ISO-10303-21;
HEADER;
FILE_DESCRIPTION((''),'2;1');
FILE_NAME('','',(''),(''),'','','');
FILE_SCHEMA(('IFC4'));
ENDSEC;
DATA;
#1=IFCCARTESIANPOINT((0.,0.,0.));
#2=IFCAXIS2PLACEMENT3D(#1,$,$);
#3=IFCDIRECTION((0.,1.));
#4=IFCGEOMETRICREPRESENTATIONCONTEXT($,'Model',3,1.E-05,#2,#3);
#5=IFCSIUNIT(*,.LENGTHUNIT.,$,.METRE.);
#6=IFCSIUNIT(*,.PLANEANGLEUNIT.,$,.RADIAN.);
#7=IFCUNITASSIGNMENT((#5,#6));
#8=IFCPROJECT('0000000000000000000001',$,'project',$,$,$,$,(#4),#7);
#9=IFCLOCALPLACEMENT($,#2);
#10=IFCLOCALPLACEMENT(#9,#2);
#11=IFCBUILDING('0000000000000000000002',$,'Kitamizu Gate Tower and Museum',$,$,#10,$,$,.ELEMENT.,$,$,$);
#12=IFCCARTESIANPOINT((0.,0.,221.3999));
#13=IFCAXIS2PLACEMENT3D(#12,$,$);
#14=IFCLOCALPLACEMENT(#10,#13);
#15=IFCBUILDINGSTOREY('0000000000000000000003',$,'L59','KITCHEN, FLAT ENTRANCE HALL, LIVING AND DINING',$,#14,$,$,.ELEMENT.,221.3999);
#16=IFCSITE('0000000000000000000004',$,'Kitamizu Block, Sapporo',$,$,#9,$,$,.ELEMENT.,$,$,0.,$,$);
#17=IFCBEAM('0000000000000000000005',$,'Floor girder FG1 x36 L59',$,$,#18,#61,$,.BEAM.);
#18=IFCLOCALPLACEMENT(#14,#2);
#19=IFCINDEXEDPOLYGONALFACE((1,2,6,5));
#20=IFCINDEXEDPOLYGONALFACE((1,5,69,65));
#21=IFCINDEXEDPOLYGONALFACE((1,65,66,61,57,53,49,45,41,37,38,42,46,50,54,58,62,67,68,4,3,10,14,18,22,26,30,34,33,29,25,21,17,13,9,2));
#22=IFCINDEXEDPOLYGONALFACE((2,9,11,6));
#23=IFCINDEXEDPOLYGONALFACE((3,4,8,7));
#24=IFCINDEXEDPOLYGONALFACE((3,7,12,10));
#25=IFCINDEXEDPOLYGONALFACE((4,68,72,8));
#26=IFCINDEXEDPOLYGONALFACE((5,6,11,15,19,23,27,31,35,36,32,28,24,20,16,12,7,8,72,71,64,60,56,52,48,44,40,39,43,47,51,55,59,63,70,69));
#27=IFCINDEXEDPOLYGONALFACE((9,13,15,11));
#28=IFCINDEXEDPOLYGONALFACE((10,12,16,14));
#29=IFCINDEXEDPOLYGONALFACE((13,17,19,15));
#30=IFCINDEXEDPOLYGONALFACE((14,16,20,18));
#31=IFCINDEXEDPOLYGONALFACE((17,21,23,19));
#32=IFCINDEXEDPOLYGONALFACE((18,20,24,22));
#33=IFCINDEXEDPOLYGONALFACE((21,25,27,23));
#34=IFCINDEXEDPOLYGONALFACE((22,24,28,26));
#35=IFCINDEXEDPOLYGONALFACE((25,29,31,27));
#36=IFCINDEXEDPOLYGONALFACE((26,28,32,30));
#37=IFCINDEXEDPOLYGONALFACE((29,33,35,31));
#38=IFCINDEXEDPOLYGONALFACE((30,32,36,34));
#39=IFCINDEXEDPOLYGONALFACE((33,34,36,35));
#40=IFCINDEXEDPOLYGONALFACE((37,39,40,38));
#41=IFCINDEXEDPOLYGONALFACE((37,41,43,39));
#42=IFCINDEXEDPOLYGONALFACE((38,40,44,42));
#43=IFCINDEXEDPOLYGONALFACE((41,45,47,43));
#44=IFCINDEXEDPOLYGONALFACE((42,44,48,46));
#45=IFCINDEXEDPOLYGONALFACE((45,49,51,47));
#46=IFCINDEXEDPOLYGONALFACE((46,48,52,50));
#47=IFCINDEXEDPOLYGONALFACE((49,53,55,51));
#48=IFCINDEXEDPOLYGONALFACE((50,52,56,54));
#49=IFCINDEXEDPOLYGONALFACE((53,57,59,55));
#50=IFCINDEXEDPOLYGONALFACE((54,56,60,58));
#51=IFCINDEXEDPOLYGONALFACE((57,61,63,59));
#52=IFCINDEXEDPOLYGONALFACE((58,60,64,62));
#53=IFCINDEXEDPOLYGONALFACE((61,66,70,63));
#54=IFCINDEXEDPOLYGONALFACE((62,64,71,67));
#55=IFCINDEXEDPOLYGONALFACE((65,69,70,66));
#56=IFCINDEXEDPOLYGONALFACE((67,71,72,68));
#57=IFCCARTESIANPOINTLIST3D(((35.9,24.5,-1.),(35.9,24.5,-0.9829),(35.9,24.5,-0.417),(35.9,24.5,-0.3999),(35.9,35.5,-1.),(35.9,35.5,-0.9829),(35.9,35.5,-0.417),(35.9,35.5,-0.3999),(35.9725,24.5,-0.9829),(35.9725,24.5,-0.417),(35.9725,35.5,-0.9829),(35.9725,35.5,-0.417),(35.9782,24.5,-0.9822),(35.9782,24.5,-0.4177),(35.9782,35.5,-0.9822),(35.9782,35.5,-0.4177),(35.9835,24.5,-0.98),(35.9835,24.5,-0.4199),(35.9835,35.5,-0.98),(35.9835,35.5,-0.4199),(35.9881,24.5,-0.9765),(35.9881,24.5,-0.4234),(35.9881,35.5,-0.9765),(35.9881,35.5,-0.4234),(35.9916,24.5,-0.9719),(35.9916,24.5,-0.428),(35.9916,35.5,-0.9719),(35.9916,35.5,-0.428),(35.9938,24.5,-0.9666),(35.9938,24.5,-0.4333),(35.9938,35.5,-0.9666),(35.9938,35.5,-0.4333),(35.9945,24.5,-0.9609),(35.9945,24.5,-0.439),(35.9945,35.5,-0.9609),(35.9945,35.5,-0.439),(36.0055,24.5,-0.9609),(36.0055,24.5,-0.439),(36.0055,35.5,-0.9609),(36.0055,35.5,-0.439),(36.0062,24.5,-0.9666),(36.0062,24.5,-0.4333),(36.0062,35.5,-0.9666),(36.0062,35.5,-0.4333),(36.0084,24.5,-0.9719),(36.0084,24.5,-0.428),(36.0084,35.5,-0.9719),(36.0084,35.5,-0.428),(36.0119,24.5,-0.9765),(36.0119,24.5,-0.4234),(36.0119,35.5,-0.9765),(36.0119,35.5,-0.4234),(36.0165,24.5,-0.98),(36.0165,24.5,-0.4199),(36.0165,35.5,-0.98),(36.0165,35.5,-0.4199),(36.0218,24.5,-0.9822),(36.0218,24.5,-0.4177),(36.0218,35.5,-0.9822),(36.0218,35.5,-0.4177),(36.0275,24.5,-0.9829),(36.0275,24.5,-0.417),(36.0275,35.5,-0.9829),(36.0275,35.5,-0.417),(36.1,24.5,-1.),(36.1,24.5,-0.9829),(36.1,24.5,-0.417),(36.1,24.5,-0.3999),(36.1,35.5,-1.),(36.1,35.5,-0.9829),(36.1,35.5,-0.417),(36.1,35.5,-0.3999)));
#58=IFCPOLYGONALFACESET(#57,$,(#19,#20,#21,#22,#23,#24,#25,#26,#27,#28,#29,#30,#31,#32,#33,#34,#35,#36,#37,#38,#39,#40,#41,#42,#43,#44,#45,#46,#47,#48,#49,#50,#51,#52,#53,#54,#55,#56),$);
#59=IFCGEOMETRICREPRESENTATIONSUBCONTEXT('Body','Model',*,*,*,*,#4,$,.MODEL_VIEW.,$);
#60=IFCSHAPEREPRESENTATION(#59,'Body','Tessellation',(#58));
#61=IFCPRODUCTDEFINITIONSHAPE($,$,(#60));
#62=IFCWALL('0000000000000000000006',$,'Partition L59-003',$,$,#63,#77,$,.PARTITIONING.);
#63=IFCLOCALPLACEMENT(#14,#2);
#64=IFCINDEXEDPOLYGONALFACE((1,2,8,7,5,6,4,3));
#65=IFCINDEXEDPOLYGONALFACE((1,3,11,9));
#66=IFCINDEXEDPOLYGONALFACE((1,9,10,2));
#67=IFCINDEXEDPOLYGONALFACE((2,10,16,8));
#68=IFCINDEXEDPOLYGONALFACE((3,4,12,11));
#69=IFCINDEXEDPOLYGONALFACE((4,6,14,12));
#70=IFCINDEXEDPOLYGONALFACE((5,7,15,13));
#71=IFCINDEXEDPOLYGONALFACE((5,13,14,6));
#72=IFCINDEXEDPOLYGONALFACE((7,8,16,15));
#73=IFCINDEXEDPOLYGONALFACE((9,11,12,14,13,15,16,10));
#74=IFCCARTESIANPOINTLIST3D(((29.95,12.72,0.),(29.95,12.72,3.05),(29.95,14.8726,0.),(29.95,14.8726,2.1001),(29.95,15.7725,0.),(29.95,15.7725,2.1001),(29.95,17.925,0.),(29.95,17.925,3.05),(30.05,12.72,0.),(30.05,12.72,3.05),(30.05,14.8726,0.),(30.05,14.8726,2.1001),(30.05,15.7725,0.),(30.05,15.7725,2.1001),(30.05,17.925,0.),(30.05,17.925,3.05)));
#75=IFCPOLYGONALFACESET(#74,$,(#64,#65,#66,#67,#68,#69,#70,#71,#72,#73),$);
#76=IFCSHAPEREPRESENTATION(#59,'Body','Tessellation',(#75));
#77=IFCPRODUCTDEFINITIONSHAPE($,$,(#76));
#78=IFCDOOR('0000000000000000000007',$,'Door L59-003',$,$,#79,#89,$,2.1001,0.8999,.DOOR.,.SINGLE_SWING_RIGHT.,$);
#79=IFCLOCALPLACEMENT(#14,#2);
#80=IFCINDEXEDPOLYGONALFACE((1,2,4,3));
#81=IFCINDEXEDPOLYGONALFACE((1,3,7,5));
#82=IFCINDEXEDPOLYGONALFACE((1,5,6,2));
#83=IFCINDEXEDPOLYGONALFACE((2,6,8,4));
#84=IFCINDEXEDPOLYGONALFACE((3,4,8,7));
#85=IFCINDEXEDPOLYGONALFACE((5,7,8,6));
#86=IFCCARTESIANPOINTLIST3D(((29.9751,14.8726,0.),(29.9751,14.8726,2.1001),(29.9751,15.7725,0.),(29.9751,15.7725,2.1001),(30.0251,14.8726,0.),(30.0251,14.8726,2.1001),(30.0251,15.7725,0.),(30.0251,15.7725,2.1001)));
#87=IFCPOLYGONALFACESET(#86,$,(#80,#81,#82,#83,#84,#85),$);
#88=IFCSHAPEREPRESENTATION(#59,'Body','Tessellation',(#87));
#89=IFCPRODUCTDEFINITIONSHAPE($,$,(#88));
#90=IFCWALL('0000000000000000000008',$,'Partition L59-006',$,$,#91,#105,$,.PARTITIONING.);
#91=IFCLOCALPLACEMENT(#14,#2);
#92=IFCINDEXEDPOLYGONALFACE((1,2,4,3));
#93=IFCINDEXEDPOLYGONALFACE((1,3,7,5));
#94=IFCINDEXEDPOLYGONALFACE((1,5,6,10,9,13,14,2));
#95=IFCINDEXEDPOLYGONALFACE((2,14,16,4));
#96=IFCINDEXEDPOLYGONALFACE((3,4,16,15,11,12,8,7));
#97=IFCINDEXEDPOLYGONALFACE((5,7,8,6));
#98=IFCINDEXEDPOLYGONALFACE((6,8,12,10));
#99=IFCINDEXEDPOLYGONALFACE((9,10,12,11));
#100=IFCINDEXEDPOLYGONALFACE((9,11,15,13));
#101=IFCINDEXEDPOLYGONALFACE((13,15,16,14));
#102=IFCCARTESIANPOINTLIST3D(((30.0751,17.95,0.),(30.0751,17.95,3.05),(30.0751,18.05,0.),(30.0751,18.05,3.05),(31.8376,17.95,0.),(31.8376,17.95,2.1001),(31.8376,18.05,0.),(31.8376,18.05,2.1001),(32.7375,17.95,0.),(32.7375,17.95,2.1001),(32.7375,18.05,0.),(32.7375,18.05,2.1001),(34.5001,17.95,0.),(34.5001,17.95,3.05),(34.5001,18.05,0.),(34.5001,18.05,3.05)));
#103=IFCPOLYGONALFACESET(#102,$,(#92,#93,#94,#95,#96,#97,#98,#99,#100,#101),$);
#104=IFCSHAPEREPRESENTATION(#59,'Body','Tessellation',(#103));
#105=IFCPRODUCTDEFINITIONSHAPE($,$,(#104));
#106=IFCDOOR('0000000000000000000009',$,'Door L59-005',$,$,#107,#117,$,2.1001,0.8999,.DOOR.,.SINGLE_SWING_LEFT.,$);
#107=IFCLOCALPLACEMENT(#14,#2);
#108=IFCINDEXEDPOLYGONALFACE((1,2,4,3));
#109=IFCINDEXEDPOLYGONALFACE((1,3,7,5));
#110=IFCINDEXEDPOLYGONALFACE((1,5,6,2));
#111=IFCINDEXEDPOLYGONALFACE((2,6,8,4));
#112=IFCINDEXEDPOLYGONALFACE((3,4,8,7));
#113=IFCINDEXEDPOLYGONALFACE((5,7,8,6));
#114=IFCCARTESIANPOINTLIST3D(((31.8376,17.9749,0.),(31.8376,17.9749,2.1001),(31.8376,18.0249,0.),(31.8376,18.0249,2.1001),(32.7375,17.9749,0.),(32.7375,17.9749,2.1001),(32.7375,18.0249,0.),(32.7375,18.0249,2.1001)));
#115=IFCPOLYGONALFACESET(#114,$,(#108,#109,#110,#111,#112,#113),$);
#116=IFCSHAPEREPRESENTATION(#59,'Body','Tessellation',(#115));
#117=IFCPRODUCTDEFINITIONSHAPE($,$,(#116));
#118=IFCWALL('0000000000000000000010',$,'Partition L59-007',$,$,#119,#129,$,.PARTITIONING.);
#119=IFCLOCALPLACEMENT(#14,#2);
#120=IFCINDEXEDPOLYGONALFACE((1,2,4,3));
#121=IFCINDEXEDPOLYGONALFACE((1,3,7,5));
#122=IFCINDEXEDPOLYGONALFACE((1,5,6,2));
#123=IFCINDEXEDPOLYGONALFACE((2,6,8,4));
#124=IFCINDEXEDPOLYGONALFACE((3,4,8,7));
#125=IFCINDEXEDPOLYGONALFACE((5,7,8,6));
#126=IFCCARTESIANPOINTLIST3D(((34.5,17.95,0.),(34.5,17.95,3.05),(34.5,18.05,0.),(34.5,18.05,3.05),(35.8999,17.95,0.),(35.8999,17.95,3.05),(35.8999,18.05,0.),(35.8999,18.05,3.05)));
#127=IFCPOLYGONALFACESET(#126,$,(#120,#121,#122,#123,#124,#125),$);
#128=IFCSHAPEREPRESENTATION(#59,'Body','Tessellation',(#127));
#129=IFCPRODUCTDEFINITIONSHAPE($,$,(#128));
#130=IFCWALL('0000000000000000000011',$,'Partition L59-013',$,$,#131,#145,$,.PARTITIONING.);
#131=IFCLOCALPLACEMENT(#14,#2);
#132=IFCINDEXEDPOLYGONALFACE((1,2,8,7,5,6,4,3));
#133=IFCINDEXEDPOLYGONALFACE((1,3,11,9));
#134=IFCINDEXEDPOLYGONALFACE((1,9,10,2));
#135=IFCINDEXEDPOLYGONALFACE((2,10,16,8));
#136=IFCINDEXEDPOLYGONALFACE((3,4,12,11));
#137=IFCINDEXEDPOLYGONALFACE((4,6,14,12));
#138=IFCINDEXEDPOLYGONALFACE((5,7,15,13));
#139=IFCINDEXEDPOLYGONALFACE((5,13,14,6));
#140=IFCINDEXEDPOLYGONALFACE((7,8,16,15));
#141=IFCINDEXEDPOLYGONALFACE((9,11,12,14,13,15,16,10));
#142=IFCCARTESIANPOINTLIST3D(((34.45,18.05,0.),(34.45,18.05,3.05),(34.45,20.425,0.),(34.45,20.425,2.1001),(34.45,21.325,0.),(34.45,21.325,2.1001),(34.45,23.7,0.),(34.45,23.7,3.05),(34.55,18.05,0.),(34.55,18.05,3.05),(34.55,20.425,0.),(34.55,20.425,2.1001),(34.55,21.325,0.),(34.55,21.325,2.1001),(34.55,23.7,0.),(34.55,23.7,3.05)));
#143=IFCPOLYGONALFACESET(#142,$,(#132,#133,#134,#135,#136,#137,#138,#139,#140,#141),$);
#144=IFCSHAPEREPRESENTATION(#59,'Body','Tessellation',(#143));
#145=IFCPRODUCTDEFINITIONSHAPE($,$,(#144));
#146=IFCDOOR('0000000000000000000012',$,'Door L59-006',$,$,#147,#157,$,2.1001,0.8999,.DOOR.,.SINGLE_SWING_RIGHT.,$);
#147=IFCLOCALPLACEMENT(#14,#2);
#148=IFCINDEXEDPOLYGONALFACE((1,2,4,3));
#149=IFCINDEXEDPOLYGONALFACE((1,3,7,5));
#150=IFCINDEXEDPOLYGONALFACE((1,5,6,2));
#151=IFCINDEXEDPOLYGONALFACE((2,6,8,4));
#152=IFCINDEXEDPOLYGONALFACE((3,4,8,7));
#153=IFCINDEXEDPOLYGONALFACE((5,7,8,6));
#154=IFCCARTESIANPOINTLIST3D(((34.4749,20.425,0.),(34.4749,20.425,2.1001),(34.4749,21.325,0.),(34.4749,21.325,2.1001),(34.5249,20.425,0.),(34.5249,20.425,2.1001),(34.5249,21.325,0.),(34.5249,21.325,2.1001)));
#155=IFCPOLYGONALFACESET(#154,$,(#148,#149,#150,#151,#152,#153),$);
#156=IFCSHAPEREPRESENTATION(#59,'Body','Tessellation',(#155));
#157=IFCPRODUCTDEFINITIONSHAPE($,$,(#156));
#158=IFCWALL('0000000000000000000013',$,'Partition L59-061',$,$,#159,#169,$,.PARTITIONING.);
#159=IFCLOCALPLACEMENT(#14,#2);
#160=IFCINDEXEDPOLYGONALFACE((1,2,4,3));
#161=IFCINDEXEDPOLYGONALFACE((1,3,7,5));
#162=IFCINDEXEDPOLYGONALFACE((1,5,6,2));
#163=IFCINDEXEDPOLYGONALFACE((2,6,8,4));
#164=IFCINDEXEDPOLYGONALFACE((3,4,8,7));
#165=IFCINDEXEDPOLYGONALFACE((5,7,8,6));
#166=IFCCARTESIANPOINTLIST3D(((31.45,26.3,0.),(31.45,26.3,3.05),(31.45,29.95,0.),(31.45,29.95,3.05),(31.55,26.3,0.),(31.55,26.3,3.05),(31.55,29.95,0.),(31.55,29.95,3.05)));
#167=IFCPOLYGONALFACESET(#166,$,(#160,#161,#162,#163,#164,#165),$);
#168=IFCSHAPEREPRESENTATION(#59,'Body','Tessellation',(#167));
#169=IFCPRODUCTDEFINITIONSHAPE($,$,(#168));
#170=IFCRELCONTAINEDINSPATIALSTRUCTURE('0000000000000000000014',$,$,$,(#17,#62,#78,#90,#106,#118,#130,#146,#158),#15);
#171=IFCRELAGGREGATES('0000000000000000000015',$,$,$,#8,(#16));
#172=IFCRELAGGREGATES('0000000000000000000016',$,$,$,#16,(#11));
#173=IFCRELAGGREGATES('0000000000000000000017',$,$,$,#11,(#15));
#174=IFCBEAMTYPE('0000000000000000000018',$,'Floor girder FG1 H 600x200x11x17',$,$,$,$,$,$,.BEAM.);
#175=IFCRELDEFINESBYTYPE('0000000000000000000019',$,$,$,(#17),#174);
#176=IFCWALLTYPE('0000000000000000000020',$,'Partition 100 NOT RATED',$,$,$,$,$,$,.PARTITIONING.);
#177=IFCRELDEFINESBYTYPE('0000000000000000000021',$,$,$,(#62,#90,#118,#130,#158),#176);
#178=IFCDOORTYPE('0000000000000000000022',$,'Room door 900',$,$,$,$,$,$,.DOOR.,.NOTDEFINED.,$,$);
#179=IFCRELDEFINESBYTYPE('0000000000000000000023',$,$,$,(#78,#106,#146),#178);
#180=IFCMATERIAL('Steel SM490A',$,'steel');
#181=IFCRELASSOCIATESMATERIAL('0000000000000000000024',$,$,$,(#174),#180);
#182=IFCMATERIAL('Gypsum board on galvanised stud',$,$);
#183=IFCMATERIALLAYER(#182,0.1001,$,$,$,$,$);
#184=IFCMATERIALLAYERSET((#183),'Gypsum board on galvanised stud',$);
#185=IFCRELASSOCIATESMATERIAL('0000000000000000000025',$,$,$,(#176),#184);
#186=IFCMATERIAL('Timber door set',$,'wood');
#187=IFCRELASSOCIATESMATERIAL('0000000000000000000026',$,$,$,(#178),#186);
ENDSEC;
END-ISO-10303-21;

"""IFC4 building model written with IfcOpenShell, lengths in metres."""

from ifc_helpers import new_model, si_unit, direction, frame, frame_2d, origin, origin_2d, place, context, subcontext, project, spatial, rectangle, i_section, extrude, material, layer, layer_set, material_profile, profile_set, type_object, element, fill, save


model = new_model("IFC4")

# Units and contexts
model_context = context("Model", 3, precision=1e-05, world=origin(), true_north=direction((0.0, 1.0)))
body_context = subcontext(model_context, "Body", "Model", "MODEL_VIEW")
ifc_project = project(units=[si_unit("LENGTHUNIT", "METRE"), si_unit("PLANEANGLEUNIT", "RADIAN")], contexts=[model_context])

# Site, building, storey
site_placement = place(None, origin())
site = spatial("IfcSite", under=ifc_project, at=site_placement, Name="Kitamizu Block, Sapporo", CompositionType="ELEMENT", RefElevation=0.0)
building_placement = place(site_placement, origin())
building = spatial("IfcBuilding", under=site, at=building_placement, Name="Kitamizu Gate Tower and Museum", CompositionType="ELEMENT")
storey_placement = place(building_placement, frame((0.0, 0.0, 221.3999)))
storey = spatial("IfcBuildingStorey", under=building, at=storey_placement, Name="L59", Description="KITCHEN, FLAT ENTRANCE HALL, LIVING AND DINING", CompositionType="ELEMENT", Elevation=221.3999)

# Beam
ifc_material_1 = material(Name="Steel SM490A", Category="steel")
ifc_material_profile_1 = material_profile(ifc_material_1, i_section(OverallWidth=0.2, OverallDepth=0.6001, WebThickness=0.011, FlangeThickness=0.0171, FilletRadius=0.022, at=origin_2d()), Name="H-600x200x11x17")
ifc_profile_set_1 = profile_set([ifc_material_profile_1], Name="Steel SM490A")
beam_type_1 = type_object("IfcBeamType", Name="Floor girder FG1 H 600x200x11x17", PredefinedType="BEAM", material=ifc_profile_set_1)
for number, where, z_axis, x_axis, name in (
    (1, (36.0, 24.5, -0.7), (0.0, 1.0, 0.0), (-1.0, 0.0, 0.0), "Floor girder FG1 x36 L59"),
):
    element("IfcBeam", number, at=place(storey_placement, frame(where, z_axis=z_axis, x_axis=x_axis)), inside=storey, type_object=beam_type_1, Name=name, PredefinedType="BEAM", context=body_context, shape_type="SweptSolid", body=[
        extrude(i_section(OverallWidth=0.2, OverallDepth=0.6001, WebThickness=0.011, FlangeThickness=0.0171, FilletRadius=0.022, at=origin_2d()), origin(), (0.0, 0.0, 1.0), 11.0),
    ])

# Walls, openings, doors
ifc_material_2 = material(Name="Gypsum board on galvanised stud")
ifc_layer_1 = layer(ifc_material_2, 0.1001)
ifc_layer_set_1 = layer_set([ifc_layer_1], Name="Gypsum board on galvanised stud")
wall_type_1 = type_object("IfcWallType", Name="Partition 100 NOT RATED", PredefinedType="PARTITIONING", material=ifc_layer_set_1)
wall_1_placement = place(storey_placement, frame((30.0, 12.72, 0.0), z_axis=(0.0, 0.0, 1.0), x_axis=(0.0, 1.0, 0.0)))
wall_1 = element("IfcWall", 2, at=wall_1_placement, inside=storey, type_object=wall_type_1, Name="Partition L59-003", PredefinedType="PARTITIONING", context=body_context, shape_type="SweptSolid", body=[
    extrude(rectangle(XDim=5.2051, YDim=0.1001, at=frame_2d((2.6025, 0.0))), origin(), (0.0, 0.0, 1.0), 3.05),
])
opening_1_placement = place(wall_1_placement, frame((2.1526, 0.0, 0.0)))
opening_1 = element("IfcOpeningElement", 3, at=opening_1_placement, cuts=wall_1, PredefinedType="OPENING", context=body_context, shape_type="SweptSolid", body=[
    extrude(rectangle(XDim=0.8999, YDim=2.1001, at=frame_2d((0.45, 1.05))), frame((0.0, 0.0601, 0.0), z_axis=(0.0, -1.0, 0.0), x_axis=(1.0, 0.0, 0.0)), (0.0, 0.0, 1.0), 0.1201),
])
ifc_material_3 = material(Name="Timber door set", Category="wood")
door_type_1 = type_object("IfcDoorType", Name="Room door 900", OperationType="NOTDEFINED", PredefinedType="DOOR", material=ifc_material_3)
door_1_placement = place(opening_1_placement, origin())
door_1 = element("IfcDoor", 4, at=door_1_placement, inside=storey, type_object=door_type_1, Name="Door L59-003", OperationType="SINGLE_SWING_RIGHT", OverallHeight=2.1001, OverallWidth=0.8999, PredefinedType="DOOR", context=body_context, shape_type="SweptSolid", body=[
    extrude(rectangle(XDim=0.8999, YDim=2.1001, at=frame_2d((0.45, 1.05))), frame((0.0, 0.0249, 0.0), z_axis=(0.0, -1.0, 0.0), x_axis=(1.0, 0.0, 0.0)), (0.0, 0.0, 1.0), 0.05),
])
fill(opening_1, door_1)
wall_2_placement = place(storey_placement, frame((34.5, 18.0, 0.0), z_axis=(0.0, 0.0, 1.0), x_axis=(-1.0, 0.0, 0.0)))
wall_2 = element("IfcWall", 5, at=wall_2_placement, inside=storey, type_object=wall_type_1, Name="Partition L59-006", PredefinedType="PARTITIONING", context=body_context, shape_type="SweptSolid", body=[
    extrude(rectangle(XDim=4.425, YDim=0.1001, at=frame_2d((2.2124, 0.0))), origin(), (0.0, 0.0, 1.0), 3.05),
])
opening_2_placement = place(wall_2_placement, frame((1.7625, 0.0, 0.0)))
opening_2 = element("IfcOpeningElement", 6, at=opening_2_placement, cuts=wall_2, PredefinedType="OPENING", context=body_context, shape_type="SweptSolid", body=[
    extrude(rectangle(XDim=0.8999, YDim=2.1001, at=frame_2d((0.45, 1.05))), frame((0.0, 0.0601, 0.0), z_axis=(0.0, -1.0, 0.0), x_axis=(1.0, 0.0, 0.0)), (0.0, 0.0, 1.0), 0.1201),
])
door_2_placement = place(opening_2_placement, frame((0.8999, 0.0, 0.0), x_axis=(-1.0, 0.0, 0.0)))
door_2 = element("IfcDoor", 7, at=door_2_placement, inside=storey, type_object=door_type_1, Name="Door L59-005", OperationType="SINGLE_SWING_LEFT", OverallHeight=2.1001, OverallWidth=0.8999, PredefinedType="DOOR", context=body_context, shape_type="SweptSolid", body=[
    extrude(rectangle(XDim=0.8999, YDim=2.1001, at=frame_2d((0.45, 1.05))), frame((0.0, 0.0249, 0.0), z_axis=(0.0, -1.0, 0.0), x_axis=(1.0, 0.0, 0.0)), (0.0, 0.0, 1.0), 0.05),
])
fill(opening_2, door_2)

# Wall
wall_3_placement = place(storey_placement, frame((35.8999, 18.0, 0.0), z_axis=(0.0, 0.0, 1.0), x_axis=(-1.0, 0.0, 0.0)))
element("IfcWall", 8, at=wall_3_placement, inside=storey, type_object=wall_type_1, Name="Partition L59-007", PredefinedType="PARTITIONING", context=body_context, shape_type="SweptSolid", body=[
    extrude(rectangle(XDim=1.3999, YDim=0.1001, at=frame_2d((0.7, 0.0))), origin(), (0.0, 0.0, 1.0), 3.05),
])

# Wall, opening, door
wall_4_placement = place(storey_placement, frame((34.5, 18.05, 0.0), z_axis=(0.0, 0.0, 1.0), x_axis=(0.0, 1.0, 0.0)))
wall_4 = element("IfcWall", 9, at=wall_4_placement, inside=storey, type_object=wall_type_1, Name="Partition L59-013", PredefinedType="PARTITIONING", context=body_context, shape_type="SweptSolid", body=[
    extrude(rectangle(XDim=5.6499, YDim=0.1001, at=frame_2d((2.825, 0.0))), origin(), (0.0, 0.0, 1.0), 3.05),
])
opening_3_placement = place(wall_4_placement, frame((2.375, 0.0, 0.0)))
opening_3 = element("IfcOpeningElement", 10, at=opening_3_placement, cuts=wall_4, PredefinedType="OPENING", context=body_context, shape_type="SweptSolid", body=[
    extrude(rectangle(XDim=0.8999, YDim=2.1001, at=frame_2d((0.45, 1.05))), frame((0.0, 0.0601, 0.0), z_axis=(0.0, -1.0, 0.0), x_axis=(1.0, 0.0, 0.0)), (0.0, 0.0, 1.0), 0.1201),
])
door_3_placement = place(opening_3_placement, frame((0.8999, 0.0, 0.0), x_axis=(-1.0, 0.0, 0.0)))
door_3 = element("IfcDoor", 11, at=door_3_placement, inside=storey, type_object=door_type_1, Name="Door L59-006", OperationType="SINGLE_SWING_RIGHT", OverallHeight=2.1001, OverallWidth=0.8999, PredefinedType="DOOR", context=body_context, shape_type="SweptSolid", body=[
    extrude(rectangle(XDim=0.8999, YDim=2.1001, at=frame_2d((0.45, 1.05))), frame((0.0, 0.0249, 0.0), z_axis=(0.0, -1.0, 0.0), x_axis=(1.0, 0.0, 0.0)), (0.0, 0.0, 1.0), 0.05),
])
fill(opening_3, door_3)

# Wall
wall_5_placement = place(storey_placement, frame((31.5, 26.3, 0.0), z_axis=(0.0, 0.0, 1.0), x_axis=(0.0, 1.0, 0.0)))
element("IfcWall", 12, at=wall_5_placement, inside=storey, type_object=wall_type_1, Name="Partition L59-061", PredefinedType="PARTITIONING", context=body_context, shape_type="SweptSolid", body=[
    extrude(rectangle(XDim=3.6499, YDim=0.1001, at=frame_2d((1.825, 0.0))), origin(), (0.0, 0.0, 1.0), 3.05),
])

save(model, "model.ifc")
